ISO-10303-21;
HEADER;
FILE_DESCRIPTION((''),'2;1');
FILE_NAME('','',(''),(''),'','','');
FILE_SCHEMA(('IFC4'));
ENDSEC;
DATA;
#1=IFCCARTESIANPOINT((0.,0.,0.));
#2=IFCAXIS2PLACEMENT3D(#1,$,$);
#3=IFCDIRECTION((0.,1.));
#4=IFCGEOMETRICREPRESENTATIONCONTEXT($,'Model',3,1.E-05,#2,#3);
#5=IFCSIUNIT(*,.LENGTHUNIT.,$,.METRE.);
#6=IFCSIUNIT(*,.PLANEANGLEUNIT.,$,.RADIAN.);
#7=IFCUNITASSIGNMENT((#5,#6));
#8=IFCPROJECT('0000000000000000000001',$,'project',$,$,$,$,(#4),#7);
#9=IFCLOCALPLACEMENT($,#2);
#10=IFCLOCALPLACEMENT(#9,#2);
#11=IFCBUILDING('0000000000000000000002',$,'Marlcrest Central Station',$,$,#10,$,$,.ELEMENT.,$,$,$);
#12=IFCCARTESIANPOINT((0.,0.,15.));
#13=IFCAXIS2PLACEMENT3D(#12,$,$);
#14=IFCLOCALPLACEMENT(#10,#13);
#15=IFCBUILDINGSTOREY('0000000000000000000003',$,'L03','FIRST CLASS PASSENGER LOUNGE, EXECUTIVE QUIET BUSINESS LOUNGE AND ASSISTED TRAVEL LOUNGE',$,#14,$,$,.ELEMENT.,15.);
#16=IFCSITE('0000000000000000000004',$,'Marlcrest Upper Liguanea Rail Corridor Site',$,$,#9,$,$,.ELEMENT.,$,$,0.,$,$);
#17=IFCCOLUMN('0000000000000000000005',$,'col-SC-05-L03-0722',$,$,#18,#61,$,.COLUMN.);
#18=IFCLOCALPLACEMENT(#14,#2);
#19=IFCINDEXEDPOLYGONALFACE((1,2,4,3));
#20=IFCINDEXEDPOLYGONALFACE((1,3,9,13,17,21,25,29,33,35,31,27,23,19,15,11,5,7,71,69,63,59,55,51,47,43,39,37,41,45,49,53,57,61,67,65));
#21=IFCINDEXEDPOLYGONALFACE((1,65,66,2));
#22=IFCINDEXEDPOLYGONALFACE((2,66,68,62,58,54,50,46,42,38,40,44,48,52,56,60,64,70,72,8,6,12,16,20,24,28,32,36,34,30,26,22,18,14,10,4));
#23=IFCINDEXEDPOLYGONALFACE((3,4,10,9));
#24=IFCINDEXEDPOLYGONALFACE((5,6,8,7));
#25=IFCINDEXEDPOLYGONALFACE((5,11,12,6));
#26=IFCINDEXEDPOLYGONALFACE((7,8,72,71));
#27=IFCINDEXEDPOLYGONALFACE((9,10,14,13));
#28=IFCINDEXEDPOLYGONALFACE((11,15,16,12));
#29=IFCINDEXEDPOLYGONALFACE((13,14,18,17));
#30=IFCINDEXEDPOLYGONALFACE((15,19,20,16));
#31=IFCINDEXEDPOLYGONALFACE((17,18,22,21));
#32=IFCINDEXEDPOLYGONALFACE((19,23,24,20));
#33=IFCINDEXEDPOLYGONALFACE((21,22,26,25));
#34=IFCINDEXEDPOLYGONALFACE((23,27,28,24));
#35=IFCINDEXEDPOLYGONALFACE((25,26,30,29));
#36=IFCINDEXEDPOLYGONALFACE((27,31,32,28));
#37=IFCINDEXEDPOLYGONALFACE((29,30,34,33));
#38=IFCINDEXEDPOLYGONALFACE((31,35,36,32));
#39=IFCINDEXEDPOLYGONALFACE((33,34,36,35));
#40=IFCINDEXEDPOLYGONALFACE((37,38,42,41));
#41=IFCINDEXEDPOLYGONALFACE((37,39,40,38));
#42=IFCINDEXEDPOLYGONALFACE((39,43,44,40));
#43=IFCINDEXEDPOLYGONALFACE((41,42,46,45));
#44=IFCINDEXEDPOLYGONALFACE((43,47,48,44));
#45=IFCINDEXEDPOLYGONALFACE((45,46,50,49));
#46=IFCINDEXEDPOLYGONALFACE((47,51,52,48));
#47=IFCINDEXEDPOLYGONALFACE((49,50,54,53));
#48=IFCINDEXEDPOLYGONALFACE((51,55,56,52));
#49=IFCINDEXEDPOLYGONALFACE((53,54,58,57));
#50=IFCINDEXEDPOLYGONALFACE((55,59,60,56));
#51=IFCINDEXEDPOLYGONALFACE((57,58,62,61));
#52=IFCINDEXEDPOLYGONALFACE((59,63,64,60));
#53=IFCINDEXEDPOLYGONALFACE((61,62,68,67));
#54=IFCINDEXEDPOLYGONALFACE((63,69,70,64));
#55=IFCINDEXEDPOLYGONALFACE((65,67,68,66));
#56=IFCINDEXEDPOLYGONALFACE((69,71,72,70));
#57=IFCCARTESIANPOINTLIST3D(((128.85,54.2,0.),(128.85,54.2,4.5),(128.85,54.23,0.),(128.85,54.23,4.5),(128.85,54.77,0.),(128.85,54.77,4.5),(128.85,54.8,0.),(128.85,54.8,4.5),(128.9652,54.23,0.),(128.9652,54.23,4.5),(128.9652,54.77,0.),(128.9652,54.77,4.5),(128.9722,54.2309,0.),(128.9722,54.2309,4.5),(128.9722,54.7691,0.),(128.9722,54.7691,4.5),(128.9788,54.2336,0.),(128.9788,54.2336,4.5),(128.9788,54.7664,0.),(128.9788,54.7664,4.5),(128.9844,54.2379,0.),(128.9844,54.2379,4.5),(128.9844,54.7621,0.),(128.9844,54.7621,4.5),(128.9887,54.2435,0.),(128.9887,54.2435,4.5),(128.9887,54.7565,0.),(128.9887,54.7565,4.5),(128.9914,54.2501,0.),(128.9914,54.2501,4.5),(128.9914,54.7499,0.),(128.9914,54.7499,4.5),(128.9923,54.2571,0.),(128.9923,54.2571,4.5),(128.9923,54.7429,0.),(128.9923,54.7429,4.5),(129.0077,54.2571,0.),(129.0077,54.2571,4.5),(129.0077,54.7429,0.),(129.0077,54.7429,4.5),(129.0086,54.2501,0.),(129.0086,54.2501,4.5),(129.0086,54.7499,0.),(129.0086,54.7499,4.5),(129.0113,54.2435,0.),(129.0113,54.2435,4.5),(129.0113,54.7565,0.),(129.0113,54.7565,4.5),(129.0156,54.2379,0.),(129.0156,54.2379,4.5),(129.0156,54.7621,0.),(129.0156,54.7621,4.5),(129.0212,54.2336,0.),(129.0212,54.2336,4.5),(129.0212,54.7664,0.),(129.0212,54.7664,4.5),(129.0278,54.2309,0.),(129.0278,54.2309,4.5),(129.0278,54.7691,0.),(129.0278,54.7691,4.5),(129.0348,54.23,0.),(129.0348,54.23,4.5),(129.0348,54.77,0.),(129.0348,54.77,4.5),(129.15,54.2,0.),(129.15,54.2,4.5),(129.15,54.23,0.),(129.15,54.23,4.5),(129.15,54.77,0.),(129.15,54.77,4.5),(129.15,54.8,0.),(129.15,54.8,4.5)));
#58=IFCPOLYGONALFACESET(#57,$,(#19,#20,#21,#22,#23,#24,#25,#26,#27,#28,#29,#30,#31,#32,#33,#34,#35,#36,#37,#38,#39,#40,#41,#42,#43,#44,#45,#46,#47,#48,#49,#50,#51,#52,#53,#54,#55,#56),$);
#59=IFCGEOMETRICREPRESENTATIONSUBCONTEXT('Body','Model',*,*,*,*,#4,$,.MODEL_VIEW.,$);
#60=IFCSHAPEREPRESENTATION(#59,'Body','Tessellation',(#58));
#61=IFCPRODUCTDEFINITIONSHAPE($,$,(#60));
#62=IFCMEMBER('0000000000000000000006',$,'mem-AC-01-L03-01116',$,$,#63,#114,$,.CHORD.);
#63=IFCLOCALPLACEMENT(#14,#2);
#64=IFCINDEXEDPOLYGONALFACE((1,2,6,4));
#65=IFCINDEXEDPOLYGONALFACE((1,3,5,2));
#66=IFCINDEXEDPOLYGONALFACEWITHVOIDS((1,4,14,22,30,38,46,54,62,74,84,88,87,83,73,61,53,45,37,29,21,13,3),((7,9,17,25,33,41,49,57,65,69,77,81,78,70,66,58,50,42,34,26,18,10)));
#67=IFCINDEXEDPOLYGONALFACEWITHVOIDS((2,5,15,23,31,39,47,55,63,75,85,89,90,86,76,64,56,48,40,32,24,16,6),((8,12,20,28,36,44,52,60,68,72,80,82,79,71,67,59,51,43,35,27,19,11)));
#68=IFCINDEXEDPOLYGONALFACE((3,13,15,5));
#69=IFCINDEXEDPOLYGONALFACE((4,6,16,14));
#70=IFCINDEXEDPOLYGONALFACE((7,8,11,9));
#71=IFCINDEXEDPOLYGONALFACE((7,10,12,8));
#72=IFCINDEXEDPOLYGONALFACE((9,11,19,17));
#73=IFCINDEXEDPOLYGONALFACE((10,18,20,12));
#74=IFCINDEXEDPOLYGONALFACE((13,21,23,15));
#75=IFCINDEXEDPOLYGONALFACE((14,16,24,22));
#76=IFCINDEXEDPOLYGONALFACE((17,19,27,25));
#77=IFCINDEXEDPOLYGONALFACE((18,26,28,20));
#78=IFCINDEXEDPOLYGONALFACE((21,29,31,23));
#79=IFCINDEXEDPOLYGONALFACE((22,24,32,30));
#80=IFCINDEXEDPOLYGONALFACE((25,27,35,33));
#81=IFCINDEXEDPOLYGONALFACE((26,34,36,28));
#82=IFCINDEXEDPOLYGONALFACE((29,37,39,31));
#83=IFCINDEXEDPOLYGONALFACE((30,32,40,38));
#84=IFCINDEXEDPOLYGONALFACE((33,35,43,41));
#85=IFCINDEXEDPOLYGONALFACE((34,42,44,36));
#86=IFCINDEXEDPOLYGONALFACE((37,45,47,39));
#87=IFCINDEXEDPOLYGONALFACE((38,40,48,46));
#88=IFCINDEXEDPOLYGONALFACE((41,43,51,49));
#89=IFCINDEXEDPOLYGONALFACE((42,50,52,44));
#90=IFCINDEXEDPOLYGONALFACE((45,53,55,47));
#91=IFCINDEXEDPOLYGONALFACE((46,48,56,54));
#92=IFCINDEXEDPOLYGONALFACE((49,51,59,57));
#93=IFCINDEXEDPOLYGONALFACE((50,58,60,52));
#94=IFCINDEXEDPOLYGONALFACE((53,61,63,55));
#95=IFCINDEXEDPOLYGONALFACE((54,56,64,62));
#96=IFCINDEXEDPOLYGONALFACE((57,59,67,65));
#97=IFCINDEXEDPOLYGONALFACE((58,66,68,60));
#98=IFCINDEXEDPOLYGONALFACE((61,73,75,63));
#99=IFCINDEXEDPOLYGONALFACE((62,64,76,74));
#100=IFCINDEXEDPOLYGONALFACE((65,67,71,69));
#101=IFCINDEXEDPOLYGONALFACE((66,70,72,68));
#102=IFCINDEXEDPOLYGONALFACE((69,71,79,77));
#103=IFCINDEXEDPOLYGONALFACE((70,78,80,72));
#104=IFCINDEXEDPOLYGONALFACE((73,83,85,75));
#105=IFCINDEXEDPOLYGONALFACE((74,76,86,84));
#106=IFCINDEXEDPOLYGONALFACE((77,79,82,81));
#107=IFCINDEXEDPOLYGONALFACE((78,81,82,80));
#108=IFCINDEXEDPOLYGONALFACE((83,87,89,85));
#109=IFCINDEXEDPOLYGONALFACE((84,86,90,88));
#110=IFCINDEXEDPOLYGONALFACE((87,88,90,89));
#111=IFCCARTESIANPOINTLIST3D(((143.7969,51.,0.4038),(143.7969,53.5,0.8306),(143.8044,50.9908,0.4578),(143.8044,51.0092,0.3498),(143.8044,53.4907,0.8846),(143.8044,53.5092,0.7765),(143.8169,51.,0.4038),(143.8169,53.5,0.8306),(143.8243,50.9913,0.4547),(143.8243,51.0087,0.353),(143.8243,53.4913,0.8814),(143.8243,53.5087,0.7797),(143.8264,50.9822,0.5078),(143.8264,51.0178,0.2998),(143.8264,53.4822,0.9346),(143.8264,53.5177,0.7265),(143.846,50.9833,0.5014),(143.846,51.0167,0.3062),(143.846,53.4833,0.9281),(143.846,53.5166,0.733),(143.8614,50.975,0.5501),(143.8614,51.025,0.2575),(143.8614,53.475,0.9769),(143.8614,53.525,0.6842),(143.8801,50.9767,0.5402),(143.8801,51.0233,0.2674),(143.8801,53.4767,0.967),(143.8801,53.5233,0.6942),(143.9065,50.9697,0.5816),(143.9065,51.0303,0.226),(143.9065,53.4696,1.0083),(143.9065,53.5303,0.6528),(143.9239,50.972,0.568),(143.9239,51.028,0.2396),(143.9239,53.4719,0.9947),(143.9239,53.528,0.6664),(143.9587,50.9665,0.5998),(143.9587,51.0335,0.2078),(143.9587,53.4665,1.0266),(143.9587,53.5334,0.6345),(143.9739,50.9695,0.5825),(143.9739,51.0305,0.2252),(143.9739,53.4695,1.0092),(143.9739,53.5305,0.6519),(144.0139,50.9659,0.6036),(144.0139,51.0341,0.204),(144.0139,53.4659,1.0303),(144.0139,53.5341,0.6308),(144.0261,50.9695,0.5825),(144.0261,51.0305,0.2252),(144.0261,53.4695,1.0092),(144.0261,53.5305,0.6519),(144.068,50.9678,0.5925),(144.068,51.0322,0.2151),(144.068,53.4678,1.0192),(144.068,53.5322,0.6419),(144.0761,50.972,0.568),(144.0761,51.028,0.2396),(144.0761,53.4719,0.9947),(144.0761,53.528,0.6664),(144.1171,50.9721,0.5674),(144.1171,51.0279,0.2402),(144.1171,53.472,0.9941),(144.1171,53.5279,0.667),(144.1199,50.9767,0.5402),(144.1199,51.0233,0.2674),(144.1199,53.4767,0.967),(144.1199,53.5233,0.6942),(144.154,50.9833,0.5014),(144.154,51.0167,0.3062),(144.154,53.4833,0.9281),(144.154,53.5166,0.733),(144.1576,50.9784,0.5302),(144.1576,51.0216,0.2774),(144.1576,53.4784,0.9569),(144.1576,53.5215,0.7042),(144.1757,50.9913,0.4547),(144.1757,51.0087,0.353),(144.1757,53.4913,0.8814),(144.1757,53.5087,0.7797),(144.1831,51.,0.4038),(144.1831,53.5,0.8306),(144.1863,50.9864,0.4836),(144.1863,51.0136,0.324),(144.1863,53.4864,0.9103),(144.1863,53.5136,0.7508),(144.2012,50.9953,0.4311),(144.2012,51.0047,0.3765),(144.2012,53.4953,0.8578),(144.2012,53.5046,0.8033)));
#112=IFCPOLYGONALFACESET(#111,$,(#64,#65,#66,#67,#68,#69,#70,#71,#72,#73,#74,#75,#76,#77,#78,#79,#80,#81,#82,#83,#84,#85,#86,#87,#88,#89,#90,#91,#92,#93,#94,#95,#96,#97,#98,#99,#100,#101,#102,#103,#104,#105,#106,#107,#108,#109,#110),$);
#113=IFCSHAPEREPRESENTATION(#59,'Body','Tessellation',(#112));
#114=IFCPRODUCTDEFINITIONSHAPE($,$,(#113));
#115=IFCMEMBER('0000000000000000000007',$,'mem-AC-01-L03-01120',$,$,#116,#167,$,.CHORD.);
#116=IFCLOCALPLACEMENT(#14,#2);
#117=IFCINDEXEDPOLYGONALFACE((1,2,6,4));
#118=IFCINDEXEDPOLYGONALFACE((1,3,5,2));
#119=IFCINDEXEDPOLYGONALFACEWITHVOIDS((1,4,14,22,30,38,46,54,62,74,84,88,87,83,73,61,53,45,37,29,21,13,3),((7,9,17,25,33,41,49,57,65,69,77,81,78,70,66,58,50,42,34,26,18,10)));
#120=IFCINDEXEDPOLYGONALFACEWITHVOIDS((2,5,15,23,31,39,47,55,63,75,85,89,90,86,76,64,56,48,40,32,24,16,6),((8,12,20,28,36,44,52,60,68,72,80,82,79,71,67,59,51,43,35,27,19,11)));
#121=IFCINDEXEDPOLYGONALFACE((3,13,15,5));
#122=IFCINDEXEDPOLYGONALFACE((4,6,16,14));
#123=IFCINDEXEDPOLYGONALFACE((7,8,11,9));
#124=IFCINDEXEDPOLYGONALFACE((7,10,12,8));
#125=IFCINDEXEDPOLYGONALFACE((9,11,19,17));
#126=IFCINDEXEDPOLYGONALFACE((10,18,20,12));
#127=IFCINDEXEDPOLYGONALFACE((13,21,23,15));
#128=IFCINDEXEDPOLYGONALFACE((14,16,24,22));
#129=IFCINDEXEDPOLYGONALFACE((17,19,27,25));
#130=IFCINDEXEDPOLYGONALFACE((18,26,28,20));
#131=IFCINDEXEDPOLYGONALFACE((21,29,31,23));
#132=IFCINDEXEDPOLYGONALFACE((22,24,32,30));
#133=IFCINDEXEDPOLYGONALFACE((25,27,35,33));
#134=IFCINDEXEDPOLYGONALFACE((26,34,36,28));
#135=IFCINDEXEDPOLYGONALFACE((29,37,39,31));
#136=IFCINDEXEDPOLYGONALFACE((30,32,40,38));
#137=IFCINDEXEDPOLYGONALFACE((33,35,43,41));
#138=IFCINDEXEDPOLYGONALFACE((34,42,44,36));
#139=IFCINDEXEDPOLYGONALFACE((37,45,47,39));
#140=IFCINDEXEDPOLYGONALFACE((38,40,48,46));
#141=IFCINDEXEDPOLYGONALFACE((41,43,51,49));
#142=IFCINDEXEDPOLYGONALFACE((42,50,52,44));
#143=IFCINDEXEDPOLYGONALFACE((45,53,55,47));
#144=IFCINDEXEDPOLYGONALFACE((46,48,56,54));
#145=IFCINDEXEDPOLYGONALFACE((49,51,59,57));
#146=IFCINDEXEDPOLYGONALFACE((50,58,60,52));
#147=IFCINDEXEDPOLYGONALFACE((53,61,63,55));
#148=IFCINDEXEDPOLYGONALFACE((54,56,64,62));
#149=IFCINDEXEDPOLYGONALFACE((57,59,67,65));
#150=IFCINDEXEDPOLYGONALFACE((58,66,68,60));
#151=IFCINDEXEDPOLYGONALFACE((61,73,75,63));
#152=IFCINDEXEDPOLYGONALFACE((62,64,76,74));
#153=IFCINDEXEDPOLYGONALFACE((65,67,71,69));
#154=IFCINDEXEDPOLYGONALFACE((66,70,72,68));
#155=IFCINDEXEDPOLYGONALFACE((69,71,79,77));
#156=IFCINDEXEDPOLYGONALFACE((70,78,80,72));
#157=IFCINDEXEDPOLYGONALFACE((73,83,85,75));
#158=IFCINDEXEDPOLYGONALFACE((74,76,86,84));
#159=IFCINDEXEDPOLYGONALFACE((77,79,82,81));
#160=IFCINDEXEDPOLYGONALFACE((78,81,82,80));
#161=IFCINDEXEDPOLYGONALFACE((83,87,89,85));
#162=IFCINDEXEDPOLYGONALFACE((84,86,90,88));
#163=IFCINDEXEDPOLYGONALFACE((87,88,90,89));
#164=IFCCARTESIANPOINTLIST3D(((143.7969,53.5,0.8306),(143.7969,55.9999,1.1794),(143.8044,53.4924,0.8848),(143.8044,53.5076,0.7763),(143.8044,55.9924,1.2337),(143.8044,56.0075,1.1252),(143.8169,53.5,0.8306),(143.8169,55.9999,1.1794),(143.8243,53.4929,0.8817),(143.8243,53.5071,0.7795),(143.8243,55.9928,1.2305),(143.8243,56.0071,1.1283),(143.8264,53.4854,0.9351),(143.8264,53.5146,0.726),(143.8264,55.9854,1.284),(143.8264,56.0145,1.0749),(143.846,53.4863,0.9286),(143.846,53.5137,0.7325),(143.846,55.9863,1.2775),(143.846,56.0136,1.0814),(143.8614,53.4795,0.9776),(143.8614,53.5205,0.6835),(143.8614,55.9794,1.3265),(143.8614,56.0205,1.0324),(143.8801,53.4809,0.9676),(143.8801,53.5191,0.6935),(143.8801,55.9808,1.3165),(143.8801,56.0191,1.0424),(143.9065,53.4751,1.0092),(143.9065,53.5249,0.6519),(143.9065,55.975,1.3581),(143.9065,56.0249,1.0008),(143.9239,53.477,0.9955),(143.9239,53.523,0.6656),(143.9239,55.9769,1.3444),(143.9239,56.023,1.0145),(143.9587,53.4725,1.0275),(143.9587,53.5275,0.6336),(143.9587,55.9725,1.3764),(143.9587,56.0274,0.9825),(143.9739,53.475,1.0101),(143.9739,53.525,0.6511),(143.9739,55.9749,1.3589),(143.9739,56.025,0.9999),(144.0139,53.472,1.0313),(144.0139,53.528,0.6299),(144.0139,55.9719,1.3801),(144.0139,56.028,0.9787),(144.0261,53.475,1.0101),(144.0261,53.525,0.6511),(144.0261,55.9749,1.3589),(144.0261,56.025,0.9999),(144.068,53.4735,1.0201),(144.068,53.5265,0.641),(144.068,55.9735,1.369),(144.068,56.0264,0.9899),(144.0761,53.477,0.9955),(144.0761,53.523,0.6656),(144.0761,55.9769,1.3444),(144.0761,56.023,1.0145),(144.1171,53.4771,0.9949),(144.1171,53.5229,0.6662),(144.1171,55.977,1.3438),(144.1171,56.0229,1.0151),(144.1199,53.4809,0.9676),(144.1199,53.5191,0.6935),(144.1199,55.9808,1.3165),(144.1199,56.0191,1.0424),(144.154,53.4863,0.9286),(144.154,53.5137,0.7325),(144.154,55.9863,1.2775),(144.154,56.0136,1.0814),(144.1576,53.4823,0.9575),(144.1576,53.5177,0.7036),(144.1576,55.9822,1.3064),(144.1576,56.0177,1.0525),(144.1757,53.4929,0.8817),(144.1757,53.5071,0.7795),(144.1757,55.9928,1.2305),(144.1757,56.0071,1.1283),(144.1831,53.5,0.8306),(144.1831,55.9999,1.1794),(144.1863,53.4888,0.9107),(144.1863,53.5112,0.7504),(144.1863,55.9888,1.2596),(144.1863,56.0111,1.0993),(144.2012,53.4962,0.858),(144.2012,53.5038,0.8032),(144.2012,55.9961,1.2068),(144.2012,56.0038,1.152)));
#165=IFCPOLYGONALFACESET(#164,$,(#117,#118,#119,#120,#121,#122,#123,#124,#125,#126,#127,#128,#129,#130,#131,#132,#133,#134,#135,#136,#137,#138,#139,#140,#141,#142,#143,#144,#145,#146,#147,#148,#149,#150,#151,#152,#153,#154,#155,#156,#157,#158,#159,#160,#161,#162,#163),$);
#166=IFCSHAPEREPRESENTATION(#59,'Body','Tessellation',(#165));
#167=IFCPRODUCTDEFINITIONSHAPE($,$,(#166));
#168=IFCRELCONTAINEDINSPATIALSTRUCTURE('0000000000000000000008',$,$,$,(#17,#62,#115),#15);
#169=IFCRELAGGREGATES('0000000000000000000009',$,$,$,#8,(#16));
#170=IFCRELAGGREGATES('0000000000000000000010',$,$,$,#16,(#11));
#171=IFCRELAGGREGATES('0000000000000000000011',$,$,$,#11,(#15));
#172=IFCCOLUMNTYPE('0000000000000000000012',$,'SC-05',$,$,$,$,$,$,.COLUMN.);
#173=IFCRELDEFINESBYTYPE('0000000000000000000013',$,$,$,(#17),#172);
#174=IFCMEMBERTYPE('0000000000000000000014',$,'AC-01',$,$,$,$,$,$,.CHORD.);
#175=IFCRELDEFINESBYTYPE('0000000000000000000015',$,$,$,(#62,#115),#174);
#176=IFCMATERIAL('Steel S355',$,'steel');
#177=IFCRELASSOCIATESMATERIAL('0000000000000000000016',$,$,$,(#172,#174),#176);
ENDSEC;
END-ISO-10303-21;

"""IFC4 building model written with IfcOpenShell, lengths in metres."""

from ifc_helpers import new_model, si_unit, direction, frame, origin, origin_2d, place, context, subcontext, project, spatial, hollow_circle, i_section, extrude, material, material_profile, profile_set, type_object, element, save


model = new_model("IFC4")

# Units and contexts
model_context = context("Model", 3, precision=1e-05, world=origin(), true_north=direction((0.0, 1.0)))
body_context = subcontext(model_context, "Body", "Model", "MODEL_VIEW")
ifc_project = project(units=[si_unit("LENGTHUNIT", "METRE"), si_unit("PLANEANGLEUNIT", "RADIAN")], contexts=[model_context])

# Site, building, storey
site_placement = place(None, origin())
site = spatial("IfcSite", under=ifc_project, at=site_placement, Name="Marlcrest Upper Liguanea Rail Corridor Site", CompositionType="ELEMENT", RefElevation=0.0)
building_placement = place(site_placement, origin())
building = spatial("IfcBuilding", under=site, at=building_placement, Name="Marlcrest Central Station", CompositionType="ELEMENT")
storey_placement = place(building_placement, frame((0.0, 0.0, 15.0)))
storey = spatial("IfcBuildingStorey", under=building, at=storey_placement, Name="L03", Description="FIRST CLASS PASSENGER LOUNGE, EXECUTIVE QUIET BUSINESS LOUNGE AND ASSISTED TRAVEL LOUNGE", CompositionType="ELEMENT", Elevation=15.0)

# Column
ifc_material_1 = material(Name="Steel S355", Category="steel")
ifc_material_profile_1 = material_profile(ifc_material_1, i_section(OverallWidth=0.3, OverallDepth=0.6001, WebThickness=0.0154, FlangeThickness=0.03, FilletRadius=0.0271, at=origin_2d()), Name="HEB 600")
ifc_profile_set_1 = profile_set([ifc_material_profile_1], Name="Steel S355")
column_type = type_object("IfcColumnType", Name="SC-05", PredefinedType="COLUMN", material=ifc_profile_set_1)
column_placement = place(storey_placement, frame((129.0, 54.5, 0.0), z_axis=(0.0, 0.0, 1.0), x_axis=(1.0, 0.0, 0.0)))
element("IfcColumn", 1, at=column_placement, inside=storey, type_object=column_type, Name="col-SC-05-L03-0722", PredefinedType="COLUMN", context=body_context, shape_type="SweptSolid", body=[
    extrude(i_section(OverallWidth=0.3, OverallDepth=0.6001, WebThickness=0.0154, FlangeThickness=0.03, FilletRadius=0.0271, at=origin_2d()), origin(), (0.0, 0.0, 1.0), 4.5),
])

# Members
ifc_material_profile_2 = material_profile(ifc_material_1, hollow_circle(Radius=0.2031, WallThickness=0.02, at=origin_2d()), Name="CHS 406.4x20")
ifc_profile_set_2 = profile_set([ifc_material_profile_2], Name="Steel S355")
member_type_1 = type_object("IfcMemberType", Name="AC-01", PredefinedType="CHORD", material=ifc_profile_set_2)
member_1_placement = place(storey_placement, frame((144.0, 51.0, 0.4038), z_axis=(0.0, 0.985741, 0.168269), x_axis=(-1.0, 0.0, 0.0)))
element("IfcMember", 2, at=member_1_placement, inside=storey, type_object=member_type_1, Name="mem-AC-01-L03-01116", PredefinedType="CHORD", context=body_context, shape_type="SweptSolid", body=[
    extrude(hollow_circle(Radius=0.2031, WallThickness=0.02, at=origin_2d()), origin(), (0.0, 0.0, 1.0), 2.5361),
])
member_2_placement = place(storey_placement, frame((144.0, 53.5, 0.8306), z_axis=(0.0, 0.990403, 0.138211), x_axis=(-1.0, 0.0, 0.0)))
element("IfcMember", 3, at=member_2_placement, inside=storey, type_object=member_type_1, Name="mem-AC-01-L03-01120", PredefinedType="CHORD", context=body_context, shape_type="SweptSolid", body=[
    extrude(hollow_circle(Radius=0.2031, WallThickness=0.02, at=origin_2d()), origin(), (0.0, 0.0, 1.0), 2.5242),
])

save(model, "model.ifc")
